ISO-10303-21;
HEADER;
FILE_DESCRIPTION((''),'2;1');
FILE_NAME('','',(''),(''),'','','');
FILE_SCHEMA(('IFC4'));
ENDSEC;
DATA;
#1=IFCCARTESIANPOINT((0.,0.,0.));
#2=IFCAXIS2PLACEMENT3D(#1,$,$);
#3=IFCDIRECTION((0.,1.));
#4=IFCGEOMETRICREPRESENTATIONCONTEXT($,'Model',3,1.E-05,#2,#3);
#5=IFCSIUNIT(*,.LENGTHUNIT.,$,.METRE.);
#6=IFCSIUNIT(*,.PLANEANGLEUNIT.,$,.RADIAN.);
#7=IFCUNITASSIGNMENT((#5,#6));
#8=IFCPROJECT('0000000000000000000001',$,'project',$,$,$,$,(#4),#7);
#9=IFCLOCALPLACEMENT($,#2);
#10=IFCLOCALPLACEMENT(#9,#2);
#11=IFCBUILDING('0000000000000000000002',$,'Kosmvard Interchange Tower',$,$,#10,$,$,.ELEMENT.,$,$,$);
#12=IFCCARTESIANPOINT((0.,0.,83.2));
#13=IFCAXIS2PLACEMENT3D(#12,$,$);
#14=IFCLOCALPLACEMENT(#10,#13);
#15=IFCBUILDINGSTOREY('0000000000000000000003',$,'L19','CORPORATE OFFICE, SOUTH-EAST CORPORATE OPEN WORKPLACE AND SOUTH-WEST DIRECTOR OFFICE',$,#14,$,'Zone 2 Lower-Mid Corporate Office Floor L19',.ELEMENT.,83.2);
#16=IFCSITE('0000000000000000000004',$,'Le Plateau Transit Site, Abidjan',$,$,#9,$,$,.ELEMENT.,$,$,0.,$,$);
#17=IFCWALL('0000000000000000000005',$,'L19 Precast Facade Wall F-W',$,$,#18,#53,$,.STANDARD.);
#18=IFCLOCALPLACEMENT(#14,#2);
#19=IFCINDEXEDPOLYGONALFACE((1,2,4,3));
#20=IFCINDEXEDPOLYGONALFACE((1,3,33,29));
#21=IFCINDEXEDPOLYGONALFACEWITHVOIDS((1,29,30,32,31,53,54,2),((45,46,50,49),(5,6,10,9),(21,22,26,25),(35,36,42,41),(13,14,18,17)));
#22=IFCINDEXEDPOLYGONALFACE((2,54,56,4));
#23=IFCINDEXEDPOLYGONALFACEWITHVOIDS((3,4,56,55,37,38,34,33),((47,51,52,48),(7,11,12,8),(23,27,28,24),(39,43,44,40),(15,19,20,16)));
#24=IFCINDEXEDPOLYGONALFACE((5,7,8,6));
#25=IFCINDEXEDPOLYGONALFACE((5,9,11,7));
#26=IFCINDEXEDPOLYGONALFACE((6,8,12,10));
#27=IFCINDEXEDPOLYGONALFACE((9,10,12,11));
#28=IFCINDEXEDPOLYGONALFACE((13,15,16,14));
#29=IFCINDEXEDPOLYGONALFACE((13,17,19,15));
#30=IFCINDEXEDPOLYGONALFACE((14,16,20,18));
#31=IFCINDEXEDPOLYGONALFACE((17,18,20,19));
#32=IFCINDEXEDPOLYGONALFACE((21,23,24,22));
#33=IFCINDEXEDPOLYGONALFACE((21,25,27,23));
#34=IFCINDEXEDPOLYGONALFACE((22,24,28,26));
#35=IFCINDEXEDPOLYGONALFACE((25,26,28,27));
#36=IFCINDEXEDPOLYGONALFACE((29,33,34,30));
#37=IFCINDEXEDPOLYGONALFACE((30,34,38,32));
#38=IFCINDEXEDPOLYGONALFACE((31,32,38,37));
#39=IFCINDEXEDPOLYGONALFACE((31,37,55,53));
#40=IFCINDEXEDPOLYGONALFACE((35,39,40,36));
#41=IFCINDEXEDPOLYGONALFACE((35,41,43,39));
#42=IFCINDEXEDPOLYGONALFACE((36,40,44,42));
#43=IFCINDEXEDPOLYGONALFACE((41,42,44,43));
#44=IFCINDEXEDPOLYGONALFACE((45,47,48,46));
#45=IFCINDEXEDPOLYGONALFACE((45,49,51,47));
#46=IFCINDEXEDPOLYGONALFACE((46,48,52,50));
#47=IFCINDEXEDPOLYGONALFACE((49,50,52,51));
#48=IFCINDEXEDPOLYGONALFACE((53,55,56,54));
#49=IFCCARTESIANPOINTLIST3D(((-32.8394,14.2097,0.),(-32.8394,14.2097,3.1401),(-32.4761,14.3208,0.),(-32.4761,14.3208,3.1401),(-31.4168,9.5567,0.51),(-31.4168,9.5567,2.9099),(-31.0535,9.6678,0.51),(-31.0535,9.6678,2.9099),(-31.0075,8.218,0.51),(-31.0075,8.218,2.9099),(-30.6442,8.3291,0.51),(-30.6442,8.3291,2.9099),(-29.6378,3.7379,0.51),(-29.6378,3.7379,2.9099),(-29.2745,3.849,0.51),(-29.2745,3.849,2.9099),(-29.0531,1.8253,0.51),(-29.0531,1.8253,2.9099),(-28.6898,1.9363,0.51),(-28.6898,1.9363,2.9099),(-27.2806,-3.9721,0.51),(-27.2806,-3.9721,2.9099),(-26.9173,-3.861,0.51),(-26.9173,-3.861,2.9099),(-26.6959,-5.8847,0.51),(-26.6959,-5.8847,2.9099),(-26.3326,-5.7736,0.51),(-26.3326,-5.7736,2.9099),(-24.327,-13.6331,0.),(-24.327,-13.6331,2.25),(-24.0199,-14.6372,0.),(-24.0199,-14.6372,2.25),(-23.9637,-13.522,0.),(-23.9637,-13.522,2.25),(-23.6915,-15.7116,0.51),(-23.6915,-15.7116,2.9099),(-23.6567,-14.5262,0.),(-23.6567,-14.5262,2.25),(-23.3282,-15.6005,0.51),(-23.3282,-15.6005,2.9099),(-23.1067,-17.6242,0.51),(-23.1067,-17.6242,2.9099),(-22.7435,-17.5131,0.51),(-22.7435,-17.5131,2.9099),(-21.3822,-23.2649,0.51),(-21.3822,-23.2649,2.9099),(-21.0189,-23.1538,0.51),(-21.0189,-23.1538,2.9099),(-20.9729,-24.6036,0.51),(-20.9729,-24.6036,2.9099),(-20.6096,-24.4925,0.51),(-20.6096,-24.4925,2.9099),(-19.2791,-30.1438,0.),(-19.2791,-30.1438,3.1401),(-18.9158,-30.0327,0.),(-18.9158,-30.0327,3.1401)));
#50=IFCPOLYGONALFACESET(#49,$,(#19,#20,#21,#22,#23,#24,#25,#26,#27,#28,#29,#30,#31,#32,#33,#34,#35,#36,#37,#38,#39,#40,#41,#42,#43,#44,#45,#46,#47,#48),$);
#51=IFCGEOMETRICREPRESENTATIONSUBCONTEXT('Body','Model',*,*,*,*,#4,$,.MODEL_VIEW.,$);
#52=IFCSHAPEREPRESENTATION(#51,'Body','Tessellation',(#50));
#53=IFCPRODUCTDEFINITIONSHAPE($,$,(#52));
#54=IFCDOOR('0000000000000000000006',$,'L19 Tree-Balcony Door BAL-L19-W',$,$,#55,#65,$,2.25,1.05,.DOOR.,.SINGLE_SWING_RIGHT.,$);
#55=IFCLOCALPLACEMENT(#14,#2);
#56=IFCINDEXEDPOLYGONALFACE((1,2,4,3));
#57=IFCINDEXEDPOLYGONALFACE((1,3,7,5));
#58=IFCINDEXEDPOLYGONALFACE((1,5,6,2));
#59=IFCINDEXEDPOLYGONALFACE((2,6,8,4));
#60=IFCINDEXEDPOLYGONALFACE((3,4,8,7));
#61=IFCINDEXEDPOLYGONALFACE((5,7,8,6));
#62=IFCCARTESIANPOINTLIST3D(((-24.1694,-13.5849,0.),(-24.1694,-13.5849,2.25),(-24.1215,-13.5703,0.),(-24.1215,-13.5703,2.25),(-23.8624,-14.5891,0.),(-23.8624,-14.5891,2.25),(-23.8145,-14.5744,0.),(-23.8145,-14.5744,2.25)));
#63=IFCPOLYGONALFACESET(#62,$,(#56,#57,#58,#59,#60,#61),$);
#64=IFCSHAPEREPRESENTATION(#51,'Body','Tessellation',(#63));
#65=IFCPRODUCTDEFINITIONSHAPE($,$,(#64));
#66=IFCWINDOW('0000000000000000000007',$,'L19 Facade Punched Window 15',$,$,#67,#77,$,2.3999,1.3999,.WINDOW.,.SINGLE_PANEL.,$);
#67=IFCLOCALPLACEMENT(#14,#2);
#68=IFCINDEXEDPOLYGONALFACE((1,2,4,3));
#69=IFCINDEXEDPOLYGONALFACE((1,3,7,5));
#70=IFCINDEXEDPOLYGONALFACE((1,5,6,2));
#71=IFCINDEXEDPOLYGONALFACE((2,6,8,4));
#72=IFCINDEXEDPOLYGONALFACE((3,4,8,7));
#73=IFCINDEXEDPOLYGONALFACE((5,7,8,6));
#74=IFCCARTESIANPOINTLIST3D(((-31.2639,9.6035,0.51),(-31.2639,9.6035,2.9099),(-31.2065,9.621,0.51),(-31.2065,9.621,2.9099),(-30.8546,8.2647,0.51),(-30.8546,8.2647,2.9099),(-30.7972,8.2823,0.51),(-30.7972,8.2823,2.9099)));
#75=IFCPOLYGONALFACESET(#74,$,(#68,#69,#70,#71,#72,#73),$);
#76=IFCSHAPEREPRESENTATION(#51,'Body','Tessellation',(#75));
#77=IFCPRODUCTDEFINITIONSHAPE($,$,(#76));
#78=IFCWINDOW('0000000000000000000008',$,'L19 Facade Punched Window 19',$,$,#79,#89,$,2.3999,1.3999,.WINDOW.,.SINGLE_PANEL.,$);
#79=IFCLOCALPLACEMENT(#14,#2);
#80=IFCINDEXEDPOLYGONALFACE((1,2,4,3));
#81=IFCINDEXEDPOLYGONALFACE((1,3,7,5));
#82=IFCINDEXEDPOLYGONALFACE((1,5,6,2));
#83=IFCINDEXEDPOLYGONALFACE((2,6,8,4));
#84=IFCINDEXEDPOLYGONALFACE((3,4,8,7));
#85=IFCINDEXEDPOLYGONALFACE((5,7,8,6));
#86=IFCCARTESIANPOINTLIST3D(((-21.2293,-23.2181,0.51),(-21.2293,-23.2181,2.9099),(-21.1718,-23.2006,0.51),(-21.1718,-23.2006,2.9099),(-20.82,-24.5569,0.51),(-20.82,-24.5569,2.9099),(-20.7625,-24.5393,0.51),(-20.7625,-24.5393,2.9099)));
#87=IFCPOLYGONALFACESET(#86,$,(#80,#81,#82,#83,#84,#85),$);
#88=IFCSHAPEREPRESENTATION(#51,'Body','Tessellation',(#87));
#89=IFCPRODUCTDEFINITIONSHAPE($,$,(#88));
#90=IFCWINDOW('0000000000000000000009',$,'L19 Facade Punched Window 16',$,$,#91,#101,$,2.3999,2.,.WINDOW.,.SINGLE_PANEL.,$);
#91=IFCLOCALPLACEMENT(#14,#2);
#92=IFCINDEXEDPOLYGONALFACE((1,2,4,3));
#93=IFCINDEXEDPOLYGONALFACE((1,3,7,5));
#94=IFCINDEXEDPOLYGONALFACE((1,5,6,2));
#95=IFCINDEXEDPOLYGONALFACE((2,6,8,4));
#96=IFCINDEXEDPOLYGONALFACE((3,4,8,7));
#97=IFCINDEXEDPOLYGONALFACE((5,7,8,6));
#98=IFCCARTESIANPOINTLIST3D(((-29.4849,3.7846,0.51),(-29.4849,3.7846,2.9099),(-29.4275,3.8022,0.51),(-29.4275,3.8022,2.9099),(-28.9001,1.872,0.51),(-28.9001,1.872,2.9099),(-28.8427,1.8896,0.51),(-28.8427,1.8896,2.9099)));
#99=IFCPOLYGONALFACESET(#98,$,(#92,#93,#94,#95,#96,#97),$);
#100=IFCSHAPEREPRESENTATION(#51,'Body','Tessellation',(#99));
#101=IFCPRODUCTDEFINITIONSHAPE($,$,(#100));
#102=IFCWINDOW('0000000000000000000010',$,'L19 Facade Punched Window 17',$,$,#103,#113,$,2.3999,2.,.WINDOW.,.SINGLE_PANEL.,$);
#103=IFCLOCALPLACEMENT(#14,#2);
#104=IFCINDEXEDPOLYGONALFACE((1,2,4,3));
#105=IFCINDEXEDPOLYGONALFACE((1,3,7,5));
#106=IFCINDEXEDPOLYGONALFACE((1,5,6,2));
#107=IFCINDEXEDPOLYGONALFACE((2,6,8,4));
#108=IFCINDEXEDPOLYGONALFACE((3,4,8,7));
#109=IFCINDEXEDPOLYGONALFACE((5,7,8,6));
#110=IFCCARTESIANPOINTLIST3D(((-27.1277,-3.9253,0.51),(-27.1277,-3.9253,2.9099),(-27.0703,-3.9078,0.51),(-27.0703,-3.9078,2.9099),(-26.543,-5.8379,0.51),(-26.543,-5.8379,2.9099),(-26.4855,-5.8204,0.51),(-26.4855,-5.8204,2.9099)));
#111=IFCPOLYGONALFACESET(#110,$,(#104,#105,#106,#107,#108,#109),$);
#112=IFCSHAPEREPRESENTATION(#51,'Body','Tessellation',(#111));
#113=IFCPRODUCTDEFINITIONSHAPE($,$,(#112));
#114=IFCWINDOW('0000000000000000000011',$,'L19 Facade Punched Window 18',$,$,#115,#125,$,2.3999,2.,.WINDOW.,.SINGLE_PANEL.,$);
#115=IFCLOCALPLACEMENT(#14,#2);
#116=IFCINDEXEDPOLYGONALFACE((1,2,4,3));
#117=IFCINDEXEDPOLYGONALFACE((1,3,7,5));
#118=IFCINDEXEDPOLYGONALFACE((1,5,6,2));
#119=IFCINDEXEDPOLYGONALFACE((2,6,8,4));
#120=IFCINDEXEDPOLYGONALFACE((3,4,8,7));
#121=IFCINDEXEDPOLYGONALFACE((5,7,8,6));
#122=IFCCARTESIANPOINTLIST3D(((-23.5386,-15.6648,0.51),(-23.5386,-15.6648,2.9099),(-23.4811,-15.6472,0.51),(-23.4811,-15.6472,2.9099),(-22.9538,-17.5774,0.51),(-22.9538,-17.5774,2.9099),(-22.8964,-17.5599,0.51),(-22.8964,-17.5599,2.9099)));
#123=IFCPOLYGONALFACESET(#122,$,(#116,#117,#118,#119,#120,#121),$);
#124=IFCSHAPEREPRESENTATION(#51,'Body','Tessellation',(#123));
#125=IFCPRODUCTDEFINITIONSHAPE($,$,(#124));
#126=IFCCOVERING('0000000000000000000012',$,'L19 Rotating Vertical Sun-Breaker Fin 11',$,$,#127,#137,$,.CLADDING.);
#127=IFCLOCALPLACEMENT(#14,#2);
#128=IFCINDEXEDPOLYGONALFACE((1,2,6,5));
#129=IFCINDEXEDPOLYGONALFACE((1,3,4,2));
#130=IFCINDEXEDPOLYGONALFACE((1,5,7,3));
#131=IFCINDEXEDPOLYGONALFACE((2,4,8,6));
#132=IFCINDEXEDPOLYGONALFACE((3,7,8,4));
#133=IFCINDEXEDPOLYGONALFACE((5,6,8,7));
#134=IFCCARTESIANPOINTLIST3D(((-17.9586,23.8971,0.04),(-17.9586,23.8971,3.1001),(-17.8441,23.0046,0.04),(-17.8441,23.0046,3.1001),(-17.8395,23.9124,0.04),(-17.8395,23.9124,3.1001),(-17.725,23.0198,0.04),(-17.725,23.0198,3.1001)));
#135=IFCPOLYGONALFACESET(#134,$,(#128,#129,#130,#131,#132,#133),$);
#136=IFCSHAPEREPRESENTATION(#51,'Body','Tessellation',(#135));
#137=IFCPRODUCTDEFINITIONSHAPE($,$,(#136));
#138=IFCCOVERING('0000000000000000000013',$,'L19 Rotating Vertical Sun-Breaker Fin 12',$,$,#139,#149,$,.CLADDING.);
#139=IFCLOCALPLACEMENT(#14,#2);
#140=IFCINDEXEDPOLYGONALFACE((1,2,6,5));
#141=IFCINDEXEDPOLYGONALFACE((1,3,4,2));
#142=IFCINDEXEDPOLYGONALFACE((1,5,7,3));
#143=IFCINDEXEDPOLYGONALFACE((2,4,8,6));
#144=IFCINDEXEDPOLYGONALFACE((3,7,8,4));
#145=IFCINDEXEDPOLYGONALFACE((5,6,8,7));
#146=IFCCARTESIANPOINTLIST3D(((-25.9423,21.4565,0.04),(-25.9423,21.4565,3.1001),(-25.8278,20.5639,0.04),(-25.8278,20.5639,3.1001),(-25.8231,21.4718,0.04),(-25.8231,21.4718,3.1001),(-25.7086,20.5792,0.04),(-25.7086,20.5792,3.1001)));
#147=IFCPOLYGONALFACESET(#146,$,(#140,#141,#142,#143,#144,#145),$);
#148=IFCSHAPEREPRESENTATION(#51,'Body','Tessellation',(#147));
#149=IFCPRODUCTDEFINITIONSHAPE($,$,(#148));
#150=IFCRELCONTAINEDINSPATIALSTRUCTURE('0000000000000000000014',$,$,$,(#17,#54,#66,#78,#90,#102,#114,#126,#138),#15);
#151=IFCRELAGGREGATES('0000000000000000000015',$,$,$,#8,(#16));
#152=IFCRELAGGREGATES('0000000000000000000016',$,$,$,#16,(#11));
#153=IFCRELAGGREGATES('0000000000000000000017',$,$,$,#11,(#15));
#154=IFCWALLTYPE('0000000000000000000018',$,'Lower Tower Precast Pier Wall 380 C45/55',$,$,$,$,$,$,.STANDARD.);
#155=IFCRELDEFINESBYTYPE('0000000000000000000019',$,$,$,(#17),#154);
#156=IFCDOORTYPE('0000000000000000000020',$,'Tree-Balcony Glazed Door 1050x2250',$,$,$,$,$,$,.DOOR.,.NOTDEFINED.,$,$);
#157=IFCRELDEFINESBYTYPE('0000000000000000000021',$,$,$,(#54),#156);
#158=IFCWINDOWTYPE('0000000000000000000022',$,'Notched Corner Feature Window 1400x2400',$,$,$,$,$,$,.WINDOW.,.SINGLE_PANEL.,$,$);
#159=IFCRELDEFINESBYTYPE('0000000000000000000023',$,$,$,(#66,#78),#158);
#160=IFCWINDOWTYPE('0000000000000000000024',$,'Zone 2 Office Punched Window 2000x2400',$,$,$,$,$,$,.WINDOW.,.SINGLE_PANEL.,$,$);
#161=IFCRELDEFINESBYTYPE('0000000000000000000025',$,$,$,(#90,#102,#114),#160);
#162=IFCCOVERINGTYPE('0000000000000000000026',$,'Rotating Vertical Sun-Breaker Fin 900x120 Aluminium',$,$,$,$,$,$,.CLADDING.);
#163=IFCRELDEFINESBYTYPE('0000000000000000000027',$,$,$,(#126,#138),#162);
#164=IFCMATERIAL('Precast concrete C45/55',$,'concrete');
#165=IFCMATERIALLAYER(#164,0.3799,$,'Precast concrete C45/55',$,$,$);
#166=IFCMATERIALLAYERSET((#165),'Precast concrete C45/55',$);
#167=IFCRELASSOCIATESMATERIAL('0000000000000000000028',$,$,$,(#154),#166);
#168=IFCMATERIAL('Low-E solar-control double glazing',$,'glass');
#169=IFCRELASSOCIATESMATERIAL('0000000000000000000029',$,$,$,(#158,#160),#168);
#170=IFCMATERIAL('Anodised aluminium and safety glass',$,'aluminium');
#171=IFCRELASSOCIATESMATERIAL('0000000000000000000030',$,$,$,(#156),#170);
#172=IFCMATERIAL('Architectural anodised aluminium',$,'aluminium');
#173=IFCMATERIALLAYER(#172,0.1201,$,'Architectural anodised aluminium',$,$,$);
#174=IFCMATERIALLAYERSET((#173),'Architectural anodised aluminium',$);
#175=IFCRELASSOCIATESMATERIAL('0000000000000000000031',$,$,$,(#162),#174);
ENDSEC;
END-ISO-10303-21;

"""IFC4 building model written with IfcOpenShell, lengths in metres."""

from ifc_helpers import new_model, si_unit, direction, frame, frame_2d, origin, origin_2d, place, context, subcontext, project, spatial, rectangle, extrude, source, transform, mapped, material, layer, layer_set, type_object, element, fill, save


model = new_model("IFC4")

# Units and contexts
model_context = context("Model", 3, precision=1e-05, world=origin(), true_north=direction((0.0, 1.0)))
body_context = subcontext(model_context, "Body", "Model", "MODEL_VIEW")
ifc_project = project(units=[si_unit("LENGTHUNIT", "METRE"), si_unit("PLANEANGLEUNIT", "RADIAN")], contexts=[model_context])

# Site, building, storey
site_placement = place(None, origin())
site = spatial("IfcSite", under=ifc_project, at=site_placement, Name="Le Plateau Transit Site, Abidjan", CompositionType="ELEMENT", RefElevation=0.0)
building_placement = place(site_placement, origin())
building = spatial("IfcBuilding", under=site, at=building_placement, Name="Kosmvard Interchange Tower", CompositionType="ELEMENT")
storey_placement = place(building_placement, frame((0.0, 0.0, 83.2)))
storey = spatial("IfcBuildingStorey", under=building, at=storey_placement, Name="L19", Description="CORPORATE OFFICE, SOUTH-EAST CORPORATE OPEN WORKPLACE AND SOUTH-WEST DIRECTOR OFFICE", LongName="Zone 2 Lower-Mid Corporate Office Floor L19", CompositionType="ELEMENT", Elevation=83.2)

# Shared definitions
ifc_material_1 = material(Name="Precast concrete C45/55", Category="concrete")

# Shared definitions
ifc_layer_1 = layer(ifc_material_1, 0.3799, Name="Precast concrete C45/55")
ifc_layer_set_1 = layer_set([ifc_layer_1], Name="Precast concrete C45/55")
wall_type = type_object("IfcWallType", Name="Lower Tower Precast Pier Wall 380 C45/55", PredefinedType="STANDARD", material=ifc_layer_set_1)

# Shared definitions
ifc_material_2 = material(Name="Low-E solar-control double glazing", Category="glass")
window_type_1 = type_object("IfcWindowType", Name="Notched Corner Feature Window 1400x2400", PartitioningType="SINGLE_PANEL", PredefinedType="WINDOW", material=ifc_material_2)
shared_shape_1 = source(origin(), body_context, "Body", "SweptSolid", [
    extrude(rectangle(XDim=1.3999, YDim=2.3999, at=frame_2d((0.7, 1.2))), frame((0.0, 0.03, 0.0), z_axis=(0.0, -1.0, 0.0), x_axis=(1.0, 0.0, 0.0)), (0.0, 0.0, 1.0), 0.0601),
])

# Wall, openings, door, windows
wall_1_placement = place(storey_placement, frame((-32.6577, 14.2651, 0.0), z_axis=(0.0, 0.0, 1.0), x_axis=(0.292373, -0.956304, 0.0)))
wall_1 = element("IfcWall", 1, at=wall_1_placement, inside=storey, type_object=wall_type, Name="L19 Precast Facade Wall F-W", PredefinedType="STANDARD", context=body_context, shape_type="SweptSolid", body=[
    extrude(rectangle(XDim=46.3801, YDim=0.3799, at=frame_2d((23.1899, 0.0))), origin(), (0.0, 0.0, 1.0), 3.1401),
])
opening_1_placement = place(wall_1_placement, frame((29.115, 0.0, 0.0)))
opening_1 = element("IfcOpeningElement", 2, at=opening_1_placement, cuts=wall_1, PredefinedType="OPENING", context=body_context, shape_type="SweptSolid", body=[
    extrude(rectangle(XDim=1.05, YDim=2.25, at=frame_2d((0.5249, 1.125))), frame((0.0, 0.2, 0.0), z_axis=(0.0, -1.0, 0.0), x_axis=(1.0, 0.0, 0.0)), (0.0, 0.0, 1.0), 0.3999),
])
opening_2_placement = place(wall_1_placement, frame((4.8655, 0.0, 0.51)))
opening_2 = element("IfcOpeningElement", 3, at=opening_2_placement, cuts=wall_1, PredefinedType="OPENING", context=body_context, shape_type="SweptSolid", body=[
    extrude(rectangle(XDim=1.3999, YDim=2.3999, at=frame_2d((0.7, 1.2))), frame((0.0, 0.2, 0.0), z_axis=(0.0, -1.0, 0.0), x_axis=(1.0, 0.0, 0.0)), (0.0, 0.0, 1.0), 0.3999),
])
opening_3_placement = place(wall_1_placement, frame((10.9502, 0.0, 0.51)))
opening_3 = element("IfcOpeningElement", 4, at=opening_3_placement, cuts=wall_1, PredefinedType="OPENING", context=body_context, shape_type="SweptSolid", body=[
    extrude(rectangle(XDim=2.0, YDim=2.3999, at=frame_2d((1.0, 1.2))), frame((0.0, 0.2, 0.0), z_axis=(0.0, -1.0, 0.0), x_axis=(1.0, 0.0, 0.0)), (0.0, 0.0, 1.0), 0.3999),
])
opening_4_placement = place(wall_1_placement, frame((19.0125, 0.0, 0.51)))
opening_4 = element("IfcOpeningElement", 5, at=opening_4_placement, cuts=wall_1, PredefinedType="OPENING", context=body_context, shape_type="SweptSolid", body=[
    extrude(rectangle(XDim=2.0, YDim=2.3999, at=frame_2d((1.0, 1.2))), frame((0.0, 0.2, 0.0), z_axis=(0.0, -1.0, 0.0), x_axis=(1.0, 0.0, 0.0)), (0.0, 0.0, 1.0), 0.3999),
])
opening_5_placement = place(wall_1_placement, frame((31.2883, 0.0, 0.51)))
opening_5 = element("IfcOpeningElement", 6, at=opening_5_placement, cuts=wall_1, PredefinedType="OPENING", context=body_context, shape_type="SweptSolid", body=[
    extrude(rectangle(XDim=2.0, YDim=2.3999, at=frame_2d((1.0, 1.2))), frame((0.0, 0.2, 0.0), z_axis=(0.0, -1.0, 0.0), x_axis=(1.0, 0.0, 0.0)), (0.0, 0.0, 1.0), 0.3999),
])
opening_6_placement = place(wall_1_placement, frame((39.1868, 0.0, 0.51)))
opening_6 = element("IfcOpeningElement", 7, at=opening_6_placement, cuts=wall_1, PredefinedType="OPENING", context=body_context, shape_type="SweptSolid", body=[
    extrude(rectangle(XDim=1.3999, YDim=2.3999, at=frame_2d((0.7, 1.2))), frame((0.0, 0.2, 0.0), z_axis=(0.0, -1.0, 0.0), x_axis=(1.0, 0.0, 0.0)), (0.0, 0.0, 1.0), 0.3999),
])
ifc_material_3 = material(Name="Anodised aluminium and safety glass", Category="aluminium")
door_type = type_object("IfcDoorType", Name="Tree-Balcony Glazed Door 1050x2250", OperationType="NOTDEFINED", PredefinedType="DOOR", material=ifc_material_3)
shared_shape_2 = source(origin(), body_context, "Body", "SweptSolid", [
    extrude(rectangle(XDim=1.05, YDim=2.25, at=frame_2d((0.5249, 1.125))), frame((0.0, 0.0249, 0.0), z_axis=(0.0, -1.0, 0.0), x_axis=(1.0, 0.0, 0.0)), (0.0, 0.0, 1.0), 0.05),
])
door_placement = place(opening_1_placement, origin())
door = element("IfcDoor", 8, at=door_placement, inside=storey, type_object=door_type, Name="L19 Tree-Balcony Door BAL-L19-W", OperationType="SINGLE_SWING_RIGHT", OverallHeight=2.25, OverallWidth=1.05, PredefinedType="DOOR", context=body_context, shape_type="MappedRepresentation", body=[
    mapped(shared_shape_2, transform((0.0, 0.0, 0.0), scale=1.0)),
])
fill(opening_1, door)
window_1_placement = place(opening_2_placement, origin())
window_1 = element("IfcWindow", 9, at=window_1_placement, inside=storey, type_object=window_type_1, Name="L19 Facade Punched Window 15", OverallHeight=2.3999, OverallWidth=1.3999, PartitioningType="SINGLE_PANEL", PredefinedType="WINDOW", context=body_context, shape_type="MappedRepresentation", body=[
    mapped(shared_shape_1, transform((0.0, 0.0, 0.0), scale=1.0)),
])
fill(opening_2, window_1)
window_2_placement = place(opening_6_placement, origin())
window_2 = element("IfcWindow", 10, at=window_2_placement, inside=storey, type_object=window_type_1, Name="L19 Facade Punched Window 19", OverallHeight=2.3999, OverallWidth=1.3999, PartitioningType="SINGLE_PANEL", PredefinedType="WINDOW", context=body_context, shape_type="MappedRepresentation", body=[
    mapped(shared_shape_1, transform((0.0, 0.0, 0.0), scale=1.0)),
])
fill(opening_6, window_2)
window_type_2 = type_object("IfcWindowType", Name="Zone 2 Office Punched Window 2000x2400", PartitioningType="SINGLE_PANEL", PredefinedType="WINDOW", material=ifc_material_2)
shared_shape_3 = source(origin(), body_context, "Body", "SweptSolid", [
    extrude(rectangle(XDim=2.0, YDim=2.3999, at=frame_2d((1.0, 1.2))), frame((0.0, 0.03, 0.0), z_axis=(0.0, -1.0, 0.0), x_axis=(1.0, 0.0, 0.0)), (0.0, 0.0, 1.0), 0.0601),
])
window_3_placement = place(opening_3_placement, origin())
window_3 = element("IfcWindow", 11, at=window_3_placement, inside=storey, type_object=window_type_2, Name="L19 Facade Punched Window 16", OverallHeight=2.3999, OverallWidth=2.0, PartitioningType="SINGLE_PANEL", PredefinedType="WINDOW", context=body_context, shape_type="MappedRepresentation", body=[
    mapped(shared_shape_3, transform((0.0, 0.0, 0.0), scale=1.0)),
])
fill(opening_3, window_3)
window_4_placement = place(opening_4_placement, origin())
window_4 = element("IfcWindow", 12, at=window_4_placement, inside=storey, type_object=window_type_2, Name="L19 Facade Punched Window 17", OverallHeight=2.3999, OverallWidth=2.0, PartitioningType="SINGLE_PANEL", PredefinedType="WINDOW", context=body_context, shape_type="MappedRepresentation", body=[
    mapped(shared_shape_3, transform((0.0, 0.0, 0.0), scale=1.0)),
])
fill(opening_4, window_4)
window_5_placement = place(opening_5_placement, origin())
window_5 = element("IfcWindow", 13, at=window_5_placement, inside=storey, type_object=window_type_2, Name="L19 Facade Punched Window 18", OverallHeight=2.3999, OverallWidth=2.0, PartitioningType="SINGLE_PANEL", PredefinedType="WINDOW", context=body_context, shape_type="MappedRepresentation", body=[
    mapped(shared_shape_3, transform((0.0, 0.0, 0.0), scale=1.0)),
])
fill(opening_5, window_5)

# Coverings
ifc_material_4 = material(Name="Architectural anodised aluminium", Category="aluminium")
ifc_layer_2 = layer(ifc_material_4, 0.1201, Name="Architectural anodised aluminium")
ifc_layer_set_2 = layer_set([ifc_layer_2], Name="Architectural anodised aluminium")
covering_type = type_object("IfcCoveringType", Name="Rotating Vertical Sun-Breaker Fin 900x120 Aluminium", PredefinedType="CLADDING", material=ifc_layer_set_2)
shared_shape_4 = source(origin(), body_context, "Body", "SweptSolid", [
    extrude(rectangle(XDim=0.8999, YDim=0.1201, at=origin_2d()), origin(), (0.0, 0.0, 1.0), 3.0601),
])
for number, where, z_axis, x_axis, name in (
    (14, (-17.8418, 23.4585, 0.04), (0.0, 0.0, 1.0), (-0.127238, 0.991872, 0.0), "L19 Rotating Vertical Sun-Breaker Fin 11"),
    (15, (-25.8254, 21.0178, 0.04), (0.0, 0.0, 1.0), (-0.127238, 0.991872, 0.0), "L19 Rotating Vertical Sun-Breaker Fin 12"),
):
    element("IfcCovering", number, at=place(storey_placement, frame(where, z_axis=z_axis, x_axis=x_axis)), inside=storey, type_object=covering_type, Name=name, PredefinedType="CLADDING", context=body_context, shape_type="MappedRepresentation", body=[
        mapped(shared_shape_4, transform((0.0, 0.0, 0.0), scale=1.0)),
    ])

save(model, "model.ifc")
